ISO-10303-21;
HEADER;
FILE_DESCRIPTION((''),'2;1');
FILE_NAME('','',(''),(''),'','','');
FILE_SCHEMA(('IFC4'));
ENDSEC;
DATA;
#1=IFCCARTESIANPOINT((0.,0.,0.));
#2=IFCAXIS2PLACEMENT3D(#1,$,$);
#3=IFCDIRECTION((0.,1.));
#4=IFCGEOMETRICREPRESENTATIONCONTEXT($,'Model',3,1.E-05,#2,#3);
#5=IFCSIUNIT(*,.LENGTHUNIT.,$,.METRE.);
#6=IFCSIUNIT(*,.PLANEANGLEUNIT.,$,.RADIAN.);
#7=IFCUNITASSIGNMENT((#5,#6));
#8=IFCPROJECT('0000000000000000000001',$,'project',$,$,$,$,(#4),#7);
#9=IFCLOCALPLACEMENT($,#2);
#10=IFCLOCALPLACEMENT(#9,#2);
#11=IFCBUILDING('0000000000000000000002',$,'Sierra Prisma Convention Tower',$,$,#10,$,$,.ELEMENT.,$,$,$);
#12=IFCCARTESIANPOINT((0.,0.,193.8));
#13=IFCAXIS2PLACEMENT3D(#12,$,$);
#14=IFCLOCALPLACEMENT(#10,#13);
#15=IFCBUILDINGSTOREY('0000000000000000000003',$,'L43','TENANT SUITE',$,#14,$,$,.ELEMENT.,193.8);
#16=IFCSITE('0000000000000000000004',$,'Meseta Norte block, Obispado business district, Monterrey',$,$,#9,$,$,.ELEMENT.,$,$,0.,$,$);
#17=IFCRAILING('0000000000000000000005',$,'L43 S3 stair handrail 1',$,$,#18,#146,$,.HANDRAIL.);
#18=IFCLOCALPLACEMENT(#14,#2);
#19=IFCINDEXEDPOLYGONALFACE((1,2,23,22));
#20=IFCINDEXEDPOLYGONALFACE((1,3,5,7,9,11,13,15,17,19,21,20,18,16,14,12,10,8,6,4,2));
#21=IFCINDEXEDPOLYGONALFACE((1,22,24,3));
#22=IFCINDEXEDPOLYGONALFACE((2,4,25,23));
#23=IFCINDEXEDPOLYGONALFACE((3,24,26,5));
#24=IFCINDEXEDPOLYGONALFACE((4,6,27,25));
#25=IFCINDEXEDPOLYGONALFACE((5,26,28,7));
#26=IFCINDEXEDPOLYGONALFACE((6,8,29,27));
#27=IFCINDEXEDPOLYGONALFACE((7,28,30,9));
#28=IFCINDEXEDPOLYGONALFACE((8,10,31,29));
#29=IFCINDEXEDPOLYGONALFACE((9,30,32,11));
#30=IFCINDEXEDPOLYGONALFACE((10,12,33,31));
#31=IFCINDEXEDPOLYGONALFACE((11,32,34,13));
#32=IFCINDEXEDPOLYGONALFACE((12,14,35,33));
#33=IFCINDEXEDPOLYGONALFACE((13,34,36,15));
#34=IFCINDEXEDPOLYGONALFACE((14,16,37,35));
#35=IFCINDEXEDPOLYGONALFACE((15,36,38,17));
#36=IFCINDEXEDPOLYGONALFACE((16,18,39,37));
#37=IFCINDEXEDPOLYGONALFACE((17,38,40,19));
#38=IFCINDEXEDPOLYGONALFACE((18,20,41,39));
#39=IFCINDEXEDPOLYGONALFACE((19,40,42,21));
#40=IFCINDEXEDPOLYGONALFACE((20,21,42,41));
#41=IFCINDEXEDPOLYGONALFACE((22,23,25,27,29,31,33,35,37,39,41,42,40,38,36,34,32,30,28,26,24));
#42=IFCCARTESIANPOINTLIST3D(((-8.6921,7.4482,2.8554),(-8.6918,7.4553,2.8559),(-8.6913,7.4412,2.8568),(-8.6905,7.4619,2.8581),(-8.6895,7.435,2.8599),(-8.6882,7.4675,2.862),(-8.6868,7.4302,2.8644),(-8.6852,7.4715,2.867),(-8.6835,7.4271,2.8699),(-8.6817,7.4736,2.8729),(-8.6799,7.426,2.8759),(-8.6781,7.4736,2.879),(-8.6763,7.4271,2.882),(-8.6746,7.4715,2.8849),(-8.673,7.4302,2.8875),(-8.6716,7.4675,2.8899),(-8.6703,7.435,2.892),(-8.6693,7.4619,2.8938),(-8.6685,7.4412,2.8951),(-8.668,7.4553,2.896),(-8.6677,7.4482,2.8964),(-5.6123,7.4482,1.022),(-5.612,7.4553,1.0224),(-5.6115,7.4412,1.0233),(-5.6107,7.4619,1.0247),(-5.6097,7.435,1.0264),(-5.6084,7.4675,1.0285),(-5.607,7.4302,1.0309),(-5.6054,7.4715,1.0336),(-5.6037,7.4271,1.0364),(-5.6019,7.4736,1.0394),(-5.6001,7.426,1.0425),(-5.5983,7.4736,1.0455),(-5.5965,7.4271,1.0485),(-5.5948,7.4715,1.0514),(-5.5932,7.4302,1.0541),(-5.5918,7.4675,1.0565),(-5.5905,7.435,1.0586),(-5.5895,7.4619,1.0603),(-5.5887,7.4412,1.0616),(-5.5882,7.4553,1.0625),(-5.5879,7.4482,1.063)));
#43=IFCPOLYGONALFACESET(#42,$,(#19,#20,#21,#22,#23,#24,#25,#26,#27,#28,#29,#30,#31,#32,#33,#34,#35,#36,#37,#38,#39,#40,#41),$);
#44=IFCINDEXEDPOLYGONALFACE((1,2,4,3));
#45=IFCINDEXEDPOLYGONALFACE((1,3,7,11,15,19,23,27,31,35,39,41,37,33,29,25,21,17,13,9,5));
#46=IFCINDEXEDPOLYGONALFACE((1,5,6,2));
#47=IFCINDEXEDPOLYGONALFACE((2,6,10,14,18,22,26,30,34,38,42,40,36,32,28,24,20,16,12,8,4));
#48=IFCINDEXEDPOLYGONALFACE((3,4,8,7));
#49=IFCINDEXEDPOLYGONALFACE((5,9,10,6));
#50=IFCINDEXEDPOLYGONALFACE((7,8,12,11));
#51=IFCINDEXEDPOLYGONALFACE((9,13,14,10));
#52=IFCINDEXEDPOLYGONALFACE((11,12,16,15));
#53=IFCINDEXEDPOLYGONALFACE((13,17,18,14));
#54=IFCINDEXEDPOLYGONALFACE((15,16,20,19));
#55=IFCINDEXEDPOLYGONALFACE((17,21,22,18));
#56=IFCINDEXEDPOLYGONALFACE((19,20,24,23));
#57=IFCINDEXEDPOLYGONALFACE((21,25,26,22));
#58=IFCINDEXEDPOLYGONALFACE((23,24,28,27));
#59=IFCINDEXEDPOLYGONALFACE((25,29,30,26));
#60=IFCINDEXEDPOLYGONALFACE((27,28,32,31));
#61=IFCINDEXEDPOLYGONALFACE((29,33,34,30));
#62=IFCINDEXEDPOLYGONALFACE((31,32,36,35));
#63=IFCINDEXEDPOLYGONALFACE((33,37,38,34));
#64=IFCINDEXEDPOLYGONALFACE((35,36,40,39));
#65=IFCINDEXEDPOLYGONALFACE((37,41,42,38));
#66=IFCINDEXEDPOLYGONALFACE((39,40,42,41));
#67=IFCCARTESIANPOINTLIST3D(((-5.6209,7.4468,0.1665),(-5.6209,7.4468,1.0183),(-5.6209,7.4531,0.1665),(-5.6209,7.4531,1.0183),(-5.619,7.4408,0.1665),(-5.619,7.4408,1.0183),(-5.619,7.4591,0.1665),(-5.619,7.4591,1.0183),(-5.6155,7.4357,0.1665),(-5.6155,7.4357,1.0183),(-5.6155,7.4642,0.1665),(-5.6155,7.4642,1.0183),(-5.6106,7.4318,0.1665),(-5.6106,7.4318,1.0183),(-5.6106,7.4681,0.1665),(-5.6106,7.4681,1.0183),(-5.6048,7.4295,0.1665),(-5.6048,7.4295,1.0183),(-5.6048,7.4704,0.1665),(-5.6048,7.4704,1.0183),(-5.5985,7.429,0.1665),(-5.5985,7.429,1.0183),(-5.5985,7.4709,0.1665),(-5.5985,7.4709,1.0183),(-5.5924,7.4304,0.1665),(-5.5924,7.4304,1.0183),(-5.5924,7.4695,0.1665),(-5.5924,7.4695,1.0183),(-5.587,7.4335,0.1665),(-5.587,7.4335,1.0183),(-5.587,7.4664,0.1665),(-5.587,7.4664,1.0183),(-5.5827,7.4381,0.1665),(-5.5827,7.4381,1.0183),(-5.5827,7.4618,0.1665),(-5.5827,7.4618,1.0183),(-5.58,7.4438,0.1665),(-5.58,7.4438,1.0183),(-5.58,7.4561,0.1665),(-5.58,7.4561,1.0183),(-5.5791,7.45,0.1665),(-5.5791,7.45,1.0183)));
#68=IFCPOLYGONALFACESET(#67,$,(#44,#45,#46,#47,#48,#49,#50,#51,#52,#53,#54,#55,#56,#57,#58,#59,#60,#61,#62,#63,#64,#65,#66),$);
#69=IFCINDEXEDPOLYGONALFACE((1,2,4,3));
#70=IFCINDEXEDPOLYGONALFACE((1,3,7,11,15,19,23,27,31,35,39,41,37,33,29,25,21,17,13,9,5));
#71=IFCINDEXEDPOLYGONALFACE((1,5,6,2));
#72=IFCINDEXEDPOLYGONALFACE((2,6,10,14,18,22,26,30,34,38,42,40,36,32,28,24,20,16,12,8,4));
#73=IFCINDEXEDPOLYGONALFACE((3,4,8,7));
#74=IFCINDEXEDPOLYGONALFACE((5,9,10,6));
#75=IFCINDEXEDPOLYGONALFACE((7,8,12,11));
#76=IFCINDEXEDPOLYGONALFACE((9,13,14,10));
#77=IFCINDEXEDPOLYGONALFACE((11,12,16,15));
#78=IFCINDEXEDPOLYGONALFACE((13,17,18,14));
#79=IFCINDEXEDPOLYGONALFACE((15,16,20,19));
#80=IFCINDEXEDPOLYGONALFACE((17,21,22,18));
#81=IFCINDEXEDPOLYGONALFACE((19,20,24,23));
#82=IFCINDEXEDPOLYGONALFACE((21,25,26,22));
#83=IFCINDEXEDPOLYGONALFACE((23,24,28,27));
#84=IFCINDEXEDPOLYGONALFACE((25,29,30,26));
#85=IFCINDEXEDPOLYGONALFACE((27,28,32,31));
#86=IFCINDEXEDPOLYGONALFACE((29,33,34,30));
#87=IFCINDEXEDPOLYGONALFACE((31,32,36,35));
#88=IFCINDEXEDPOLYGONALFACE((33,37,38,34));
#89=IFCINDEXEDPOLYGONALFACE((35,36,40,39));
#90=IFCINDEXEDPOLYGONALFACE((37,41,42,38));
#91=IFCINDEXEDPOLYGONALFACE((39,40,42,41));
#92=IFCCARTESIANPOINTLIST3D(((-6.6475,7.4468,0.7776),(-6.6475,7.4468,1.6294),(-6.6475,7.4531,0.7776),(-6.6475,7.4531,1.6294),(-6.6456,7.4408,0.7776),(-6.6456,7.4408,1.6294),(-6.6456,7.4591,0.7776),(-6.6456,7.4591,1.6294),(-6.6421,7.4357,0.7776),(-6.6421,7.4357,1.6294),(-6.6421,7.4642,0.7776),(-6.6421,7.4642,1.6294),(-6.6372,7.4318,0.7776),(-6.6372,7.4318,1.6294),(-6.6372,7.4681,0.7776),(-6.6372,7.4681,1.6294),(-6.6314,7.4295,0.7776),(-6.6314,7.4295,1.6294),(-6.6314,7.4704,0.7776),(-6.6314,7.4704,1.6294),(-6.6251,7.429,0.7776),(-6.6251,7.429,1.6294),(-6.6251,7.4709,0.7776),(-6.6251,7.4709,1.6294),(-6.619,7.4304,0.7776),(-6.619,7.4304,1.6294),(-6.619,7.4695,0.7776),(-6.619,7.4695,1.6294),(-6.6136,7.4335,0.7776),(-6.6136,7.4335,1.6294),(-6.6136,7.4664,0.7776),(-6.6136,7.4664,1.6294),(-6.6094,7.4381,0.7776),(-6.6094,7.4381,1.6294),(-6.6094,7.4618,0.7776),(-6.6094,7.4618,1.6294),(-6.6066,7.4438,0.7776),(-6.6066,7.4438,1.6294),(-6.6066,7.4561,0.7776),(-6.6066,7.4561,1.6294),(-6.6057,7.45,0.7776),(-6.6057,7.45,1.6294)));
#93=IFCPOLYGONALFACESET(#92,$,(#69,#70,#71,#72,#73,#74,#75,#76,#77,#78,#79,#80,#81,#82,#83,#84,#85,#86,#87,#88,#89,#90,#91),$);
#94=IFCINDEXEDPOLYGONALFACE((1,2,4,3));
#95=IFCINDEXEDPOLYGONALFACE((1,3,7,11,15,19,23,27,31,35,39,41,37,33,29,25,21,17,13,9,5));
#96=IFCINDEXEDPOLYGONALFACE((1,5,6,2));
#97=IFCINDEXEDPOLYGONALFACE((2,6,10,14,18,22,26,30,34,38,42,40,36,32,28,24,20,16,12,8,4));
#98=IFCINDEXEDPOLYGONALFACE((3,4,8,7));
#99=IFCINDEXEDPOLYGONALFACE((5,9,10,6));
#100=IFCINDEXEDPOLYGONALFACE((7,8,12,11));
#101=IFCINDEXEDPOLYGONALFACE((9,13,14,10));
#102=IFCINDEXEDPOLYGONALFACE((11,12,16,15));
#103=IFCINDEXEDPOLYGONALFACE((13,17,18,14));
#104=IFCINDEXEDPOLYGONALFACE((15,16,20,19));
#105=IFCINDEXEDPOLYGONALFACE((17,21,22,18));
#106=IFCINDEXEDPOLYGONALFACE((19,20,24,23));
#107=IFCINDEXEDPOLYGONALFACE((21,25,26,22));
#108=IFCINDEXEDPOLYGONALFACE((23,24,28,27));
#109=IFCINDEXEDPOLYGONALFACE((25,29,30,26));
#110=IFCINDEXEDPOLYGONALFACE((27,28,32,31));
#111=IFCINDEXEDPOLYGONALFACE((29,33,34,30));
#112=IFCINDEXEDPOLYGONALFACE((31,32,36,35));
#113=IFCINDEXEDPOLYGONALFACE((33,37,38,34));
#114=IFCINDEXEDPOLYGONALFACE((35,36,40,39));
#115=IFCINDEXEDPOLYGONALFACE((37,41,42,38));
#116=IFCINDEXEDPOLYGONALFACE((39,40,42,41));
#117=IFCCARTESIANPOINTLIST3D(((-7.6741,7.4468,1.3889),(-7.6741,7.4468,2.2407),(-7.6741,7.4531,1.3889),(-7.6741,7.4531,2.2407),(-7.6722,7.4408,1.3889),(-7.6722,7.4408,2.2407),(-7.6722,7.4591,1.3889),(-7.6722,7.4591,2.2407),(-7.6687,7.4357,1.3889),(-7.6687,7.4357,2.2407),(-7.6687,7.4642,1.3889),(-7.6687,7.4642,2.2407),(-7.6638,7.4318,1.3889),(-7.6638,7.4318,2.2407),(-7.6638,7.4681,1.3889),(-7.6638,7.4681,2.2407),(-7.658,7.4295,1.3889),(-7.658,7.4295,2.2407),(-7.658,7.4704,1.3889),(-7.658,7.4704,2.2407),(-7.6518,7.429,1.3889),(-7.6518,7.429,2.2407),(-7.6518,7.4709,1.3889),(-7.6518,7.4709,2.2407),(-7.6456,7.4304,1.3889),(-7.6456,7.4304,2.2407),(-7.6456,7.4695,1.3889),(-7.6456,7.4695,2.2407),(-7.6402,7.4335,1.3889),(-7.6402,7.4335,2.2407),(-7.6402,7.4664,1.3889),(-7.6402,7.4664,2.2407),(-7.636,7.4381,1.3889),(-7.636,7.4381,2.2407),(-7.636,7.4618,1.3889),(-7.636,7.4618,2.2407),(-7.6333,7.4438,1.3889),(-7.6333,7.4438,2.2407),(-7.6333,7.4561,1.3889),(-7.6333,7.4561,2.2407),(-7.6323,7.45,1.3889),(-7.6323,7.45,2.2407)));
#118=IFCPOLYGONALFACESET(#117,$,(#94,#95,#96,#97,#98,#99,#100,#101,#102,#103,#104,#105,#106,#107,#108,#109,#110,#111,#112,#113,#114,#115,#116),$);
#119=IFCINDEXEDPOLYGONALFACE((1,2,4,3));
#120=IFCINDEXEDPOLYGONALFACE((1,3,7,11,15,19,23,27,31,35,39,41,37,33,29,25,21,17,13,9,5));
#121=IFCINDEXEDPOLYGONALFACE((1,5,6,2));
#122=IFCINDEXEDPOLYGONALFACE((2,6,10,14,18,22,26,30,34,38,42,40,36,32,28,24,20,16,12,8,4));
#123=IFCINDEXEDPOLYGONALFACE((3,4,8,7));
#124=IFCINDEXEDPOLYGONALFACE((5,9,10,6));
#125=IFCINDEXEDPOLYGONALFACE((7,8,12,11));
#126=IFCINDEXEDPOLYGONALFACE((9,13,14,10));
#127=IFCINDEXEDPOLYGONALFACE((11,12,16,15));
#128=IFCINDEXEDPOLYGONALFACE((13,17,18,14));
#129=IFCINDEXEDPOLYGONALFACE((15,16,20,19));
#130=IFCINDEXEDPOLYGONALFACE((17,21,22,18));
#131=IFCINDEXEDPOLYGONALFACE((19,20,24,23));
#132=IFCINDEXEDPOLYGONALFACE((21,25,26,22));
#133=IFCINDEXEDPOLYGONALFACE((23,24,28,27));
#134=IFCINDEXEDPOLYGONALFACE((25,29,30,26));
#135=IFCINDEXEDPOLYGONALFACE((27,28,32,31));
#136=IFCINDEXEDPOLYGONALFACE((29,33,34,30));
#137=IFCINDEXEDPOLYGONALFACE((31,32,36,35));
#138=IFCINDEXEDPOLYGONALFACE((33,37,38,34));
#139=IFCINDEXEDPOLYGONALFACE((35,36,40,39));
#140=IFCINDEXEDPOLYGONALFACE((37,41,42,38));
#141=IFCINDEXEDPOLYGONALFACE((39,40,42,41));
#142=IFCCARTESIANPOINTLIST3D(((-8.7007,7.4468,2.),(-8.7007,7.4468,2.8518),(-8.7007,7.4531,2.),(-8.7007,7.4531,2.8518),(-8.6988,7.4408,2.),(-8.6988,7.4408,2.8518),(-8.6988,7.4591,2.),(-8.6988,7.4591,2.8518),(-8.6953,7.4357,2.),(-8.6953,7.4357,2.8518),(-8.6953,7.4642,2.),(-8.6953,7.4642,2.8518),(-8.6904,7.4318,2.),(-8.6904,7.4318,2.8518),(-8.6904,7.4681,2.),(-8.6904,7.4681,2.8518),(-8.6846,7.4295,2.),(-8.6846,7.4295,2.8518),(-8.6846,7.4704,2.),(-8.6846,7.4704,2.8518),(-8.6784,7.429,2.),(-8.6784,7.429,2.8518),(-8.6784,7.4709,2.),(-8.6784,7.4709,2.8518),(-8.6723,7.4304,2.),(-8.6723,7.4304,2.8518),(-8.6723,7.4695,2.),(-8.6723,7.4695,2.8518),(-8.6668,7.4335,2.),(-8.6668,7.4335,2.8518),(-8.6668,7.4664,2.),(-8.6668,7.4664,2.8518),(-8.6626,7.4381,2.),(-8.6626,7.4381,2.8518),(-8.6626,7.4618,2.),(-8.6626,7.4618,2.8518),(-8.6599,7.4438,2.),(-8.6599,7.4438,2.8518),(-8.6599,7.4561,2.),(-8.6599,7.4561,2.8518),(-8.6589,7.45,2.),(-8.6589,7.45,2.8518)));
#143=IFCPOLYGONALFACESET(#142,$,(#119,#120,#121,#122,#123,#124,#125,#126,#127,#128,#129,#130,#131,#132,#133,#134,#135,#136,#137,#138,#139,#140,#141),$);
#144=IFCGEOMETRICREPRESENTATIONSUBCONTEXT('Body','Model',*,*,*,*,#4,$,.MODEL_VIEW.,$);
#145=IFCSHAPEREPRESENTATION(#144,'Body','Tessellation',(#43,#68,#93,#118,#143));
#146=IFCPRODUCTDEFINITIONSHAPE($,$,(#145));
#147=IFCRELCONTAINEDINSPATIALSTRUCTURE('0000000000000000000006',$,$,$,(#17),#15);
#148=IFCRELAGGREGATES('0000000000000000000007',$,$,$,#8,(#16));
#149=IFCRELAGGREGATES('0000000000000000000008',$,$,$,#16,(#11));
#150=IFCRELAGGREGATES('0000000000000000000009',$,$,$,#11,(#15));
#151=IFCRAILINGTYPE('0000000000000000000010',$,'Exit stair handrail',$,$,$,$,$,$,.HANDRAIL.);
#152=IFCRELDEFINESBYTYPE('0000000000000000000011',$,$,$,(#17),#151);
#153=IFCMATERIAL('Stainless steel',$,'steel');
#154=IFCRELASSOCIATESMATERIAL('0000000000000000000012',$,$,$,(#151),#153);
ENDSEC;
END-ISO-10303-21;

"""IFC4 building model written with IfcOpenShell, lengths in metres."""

from ifc_helpers import new_model, si_unit, direction, frame, origin, origin_2d, place, context, subcontext, project, spatial, circle, extrude, material, type_object, element, save


model = new_model("IFC4")

# Units and contexts
model_context = context("Model", 3, precision=1e-05, world=origin(), true_north=direction((0.0, 1.0)))
body_context = subcontext(model_context, "Body", "Model", "MODEL_VIEW")
ifc_project = project(units=[si_unit("LENGTHUNIT", "METRE"), si_unit("PLANEANGLEUNIT", "RADIAN")], contexts=[model_context])

# Site, building, storey
site_placement = place(None, origin())
site = spatial("IfcSite", under=ifc_project, at=site_placement, Name="Meseta Norte block, Obispado business district, Monterrey", CompositionType="ELEMENT", RefElevation=0.0)
building_placement = place(site_placement, origin())
building = spatial("IfcBuilding", under=site, at=building_placement, Name="Sierra Prisma Convention Tower", CompositionType="ELEMENT")
storey_placement = place(building_placement, frame((0.0, 0.0, 193.8)))
storey = spatial("IfcBuildingStorey", under=building, at=storey_placement, Name="L43", Description="TENANT SUITE", CompositionType="ELEMENT", Elevation=193.8)

# Railing
ifc_material_1 = material(Name="Stainless steel", Category="steel")
railing_type_1 = type_object("IfcRailingType", Name="Exit stair handrail", PredefinedType="HANDRAIL", material=ifc_material_1)
railing_1_placement = place(storey_placement, frame((-5.6001, 7.45, 0.1665)))
element("IfcRailing", 1, at=railing_1_placement, inside=storey, type_object=railing_type_1, Name="L43 S3 stair handrail 1", PredefinedType="HANDRAIL", context=body_context, shape_type="SweptSolid", body=[
    extrude(circle(Radius=0.0239, at=origin_2d()), frame((0.0, 0.0, 0.876), z_axis=(-0.859261, 0.0, 0.511538), x_axis=(0.0, -1.0, 0.0)), (0.0, 0.0, 1.0), 3.5842),
    extrude(circle(Radius=0.021, at=origin_2d()), origin(), (0.0, 0.0, 1.0), 0.8518),
    extrude(circle(Radius=0.021, at=origin_2d()), frame((-1.0266, 0.0, 0.6111)), (0.0, 0.0, 1.0), 0.8518),
    extrude(circle(Radius=0.021, at=origin_2d()), frame((-2.0532, 0.0, 1.2224)), (0.0, 0.0, 1.0), 0.8518),
    extrude(circle(Radius=0.021, at=origin_2d()), frame((-3.0798, 0.0, 1.8335)), (0.0, 0.0, 1.0), 0.8518),
])

save(model, "model.ifc")
